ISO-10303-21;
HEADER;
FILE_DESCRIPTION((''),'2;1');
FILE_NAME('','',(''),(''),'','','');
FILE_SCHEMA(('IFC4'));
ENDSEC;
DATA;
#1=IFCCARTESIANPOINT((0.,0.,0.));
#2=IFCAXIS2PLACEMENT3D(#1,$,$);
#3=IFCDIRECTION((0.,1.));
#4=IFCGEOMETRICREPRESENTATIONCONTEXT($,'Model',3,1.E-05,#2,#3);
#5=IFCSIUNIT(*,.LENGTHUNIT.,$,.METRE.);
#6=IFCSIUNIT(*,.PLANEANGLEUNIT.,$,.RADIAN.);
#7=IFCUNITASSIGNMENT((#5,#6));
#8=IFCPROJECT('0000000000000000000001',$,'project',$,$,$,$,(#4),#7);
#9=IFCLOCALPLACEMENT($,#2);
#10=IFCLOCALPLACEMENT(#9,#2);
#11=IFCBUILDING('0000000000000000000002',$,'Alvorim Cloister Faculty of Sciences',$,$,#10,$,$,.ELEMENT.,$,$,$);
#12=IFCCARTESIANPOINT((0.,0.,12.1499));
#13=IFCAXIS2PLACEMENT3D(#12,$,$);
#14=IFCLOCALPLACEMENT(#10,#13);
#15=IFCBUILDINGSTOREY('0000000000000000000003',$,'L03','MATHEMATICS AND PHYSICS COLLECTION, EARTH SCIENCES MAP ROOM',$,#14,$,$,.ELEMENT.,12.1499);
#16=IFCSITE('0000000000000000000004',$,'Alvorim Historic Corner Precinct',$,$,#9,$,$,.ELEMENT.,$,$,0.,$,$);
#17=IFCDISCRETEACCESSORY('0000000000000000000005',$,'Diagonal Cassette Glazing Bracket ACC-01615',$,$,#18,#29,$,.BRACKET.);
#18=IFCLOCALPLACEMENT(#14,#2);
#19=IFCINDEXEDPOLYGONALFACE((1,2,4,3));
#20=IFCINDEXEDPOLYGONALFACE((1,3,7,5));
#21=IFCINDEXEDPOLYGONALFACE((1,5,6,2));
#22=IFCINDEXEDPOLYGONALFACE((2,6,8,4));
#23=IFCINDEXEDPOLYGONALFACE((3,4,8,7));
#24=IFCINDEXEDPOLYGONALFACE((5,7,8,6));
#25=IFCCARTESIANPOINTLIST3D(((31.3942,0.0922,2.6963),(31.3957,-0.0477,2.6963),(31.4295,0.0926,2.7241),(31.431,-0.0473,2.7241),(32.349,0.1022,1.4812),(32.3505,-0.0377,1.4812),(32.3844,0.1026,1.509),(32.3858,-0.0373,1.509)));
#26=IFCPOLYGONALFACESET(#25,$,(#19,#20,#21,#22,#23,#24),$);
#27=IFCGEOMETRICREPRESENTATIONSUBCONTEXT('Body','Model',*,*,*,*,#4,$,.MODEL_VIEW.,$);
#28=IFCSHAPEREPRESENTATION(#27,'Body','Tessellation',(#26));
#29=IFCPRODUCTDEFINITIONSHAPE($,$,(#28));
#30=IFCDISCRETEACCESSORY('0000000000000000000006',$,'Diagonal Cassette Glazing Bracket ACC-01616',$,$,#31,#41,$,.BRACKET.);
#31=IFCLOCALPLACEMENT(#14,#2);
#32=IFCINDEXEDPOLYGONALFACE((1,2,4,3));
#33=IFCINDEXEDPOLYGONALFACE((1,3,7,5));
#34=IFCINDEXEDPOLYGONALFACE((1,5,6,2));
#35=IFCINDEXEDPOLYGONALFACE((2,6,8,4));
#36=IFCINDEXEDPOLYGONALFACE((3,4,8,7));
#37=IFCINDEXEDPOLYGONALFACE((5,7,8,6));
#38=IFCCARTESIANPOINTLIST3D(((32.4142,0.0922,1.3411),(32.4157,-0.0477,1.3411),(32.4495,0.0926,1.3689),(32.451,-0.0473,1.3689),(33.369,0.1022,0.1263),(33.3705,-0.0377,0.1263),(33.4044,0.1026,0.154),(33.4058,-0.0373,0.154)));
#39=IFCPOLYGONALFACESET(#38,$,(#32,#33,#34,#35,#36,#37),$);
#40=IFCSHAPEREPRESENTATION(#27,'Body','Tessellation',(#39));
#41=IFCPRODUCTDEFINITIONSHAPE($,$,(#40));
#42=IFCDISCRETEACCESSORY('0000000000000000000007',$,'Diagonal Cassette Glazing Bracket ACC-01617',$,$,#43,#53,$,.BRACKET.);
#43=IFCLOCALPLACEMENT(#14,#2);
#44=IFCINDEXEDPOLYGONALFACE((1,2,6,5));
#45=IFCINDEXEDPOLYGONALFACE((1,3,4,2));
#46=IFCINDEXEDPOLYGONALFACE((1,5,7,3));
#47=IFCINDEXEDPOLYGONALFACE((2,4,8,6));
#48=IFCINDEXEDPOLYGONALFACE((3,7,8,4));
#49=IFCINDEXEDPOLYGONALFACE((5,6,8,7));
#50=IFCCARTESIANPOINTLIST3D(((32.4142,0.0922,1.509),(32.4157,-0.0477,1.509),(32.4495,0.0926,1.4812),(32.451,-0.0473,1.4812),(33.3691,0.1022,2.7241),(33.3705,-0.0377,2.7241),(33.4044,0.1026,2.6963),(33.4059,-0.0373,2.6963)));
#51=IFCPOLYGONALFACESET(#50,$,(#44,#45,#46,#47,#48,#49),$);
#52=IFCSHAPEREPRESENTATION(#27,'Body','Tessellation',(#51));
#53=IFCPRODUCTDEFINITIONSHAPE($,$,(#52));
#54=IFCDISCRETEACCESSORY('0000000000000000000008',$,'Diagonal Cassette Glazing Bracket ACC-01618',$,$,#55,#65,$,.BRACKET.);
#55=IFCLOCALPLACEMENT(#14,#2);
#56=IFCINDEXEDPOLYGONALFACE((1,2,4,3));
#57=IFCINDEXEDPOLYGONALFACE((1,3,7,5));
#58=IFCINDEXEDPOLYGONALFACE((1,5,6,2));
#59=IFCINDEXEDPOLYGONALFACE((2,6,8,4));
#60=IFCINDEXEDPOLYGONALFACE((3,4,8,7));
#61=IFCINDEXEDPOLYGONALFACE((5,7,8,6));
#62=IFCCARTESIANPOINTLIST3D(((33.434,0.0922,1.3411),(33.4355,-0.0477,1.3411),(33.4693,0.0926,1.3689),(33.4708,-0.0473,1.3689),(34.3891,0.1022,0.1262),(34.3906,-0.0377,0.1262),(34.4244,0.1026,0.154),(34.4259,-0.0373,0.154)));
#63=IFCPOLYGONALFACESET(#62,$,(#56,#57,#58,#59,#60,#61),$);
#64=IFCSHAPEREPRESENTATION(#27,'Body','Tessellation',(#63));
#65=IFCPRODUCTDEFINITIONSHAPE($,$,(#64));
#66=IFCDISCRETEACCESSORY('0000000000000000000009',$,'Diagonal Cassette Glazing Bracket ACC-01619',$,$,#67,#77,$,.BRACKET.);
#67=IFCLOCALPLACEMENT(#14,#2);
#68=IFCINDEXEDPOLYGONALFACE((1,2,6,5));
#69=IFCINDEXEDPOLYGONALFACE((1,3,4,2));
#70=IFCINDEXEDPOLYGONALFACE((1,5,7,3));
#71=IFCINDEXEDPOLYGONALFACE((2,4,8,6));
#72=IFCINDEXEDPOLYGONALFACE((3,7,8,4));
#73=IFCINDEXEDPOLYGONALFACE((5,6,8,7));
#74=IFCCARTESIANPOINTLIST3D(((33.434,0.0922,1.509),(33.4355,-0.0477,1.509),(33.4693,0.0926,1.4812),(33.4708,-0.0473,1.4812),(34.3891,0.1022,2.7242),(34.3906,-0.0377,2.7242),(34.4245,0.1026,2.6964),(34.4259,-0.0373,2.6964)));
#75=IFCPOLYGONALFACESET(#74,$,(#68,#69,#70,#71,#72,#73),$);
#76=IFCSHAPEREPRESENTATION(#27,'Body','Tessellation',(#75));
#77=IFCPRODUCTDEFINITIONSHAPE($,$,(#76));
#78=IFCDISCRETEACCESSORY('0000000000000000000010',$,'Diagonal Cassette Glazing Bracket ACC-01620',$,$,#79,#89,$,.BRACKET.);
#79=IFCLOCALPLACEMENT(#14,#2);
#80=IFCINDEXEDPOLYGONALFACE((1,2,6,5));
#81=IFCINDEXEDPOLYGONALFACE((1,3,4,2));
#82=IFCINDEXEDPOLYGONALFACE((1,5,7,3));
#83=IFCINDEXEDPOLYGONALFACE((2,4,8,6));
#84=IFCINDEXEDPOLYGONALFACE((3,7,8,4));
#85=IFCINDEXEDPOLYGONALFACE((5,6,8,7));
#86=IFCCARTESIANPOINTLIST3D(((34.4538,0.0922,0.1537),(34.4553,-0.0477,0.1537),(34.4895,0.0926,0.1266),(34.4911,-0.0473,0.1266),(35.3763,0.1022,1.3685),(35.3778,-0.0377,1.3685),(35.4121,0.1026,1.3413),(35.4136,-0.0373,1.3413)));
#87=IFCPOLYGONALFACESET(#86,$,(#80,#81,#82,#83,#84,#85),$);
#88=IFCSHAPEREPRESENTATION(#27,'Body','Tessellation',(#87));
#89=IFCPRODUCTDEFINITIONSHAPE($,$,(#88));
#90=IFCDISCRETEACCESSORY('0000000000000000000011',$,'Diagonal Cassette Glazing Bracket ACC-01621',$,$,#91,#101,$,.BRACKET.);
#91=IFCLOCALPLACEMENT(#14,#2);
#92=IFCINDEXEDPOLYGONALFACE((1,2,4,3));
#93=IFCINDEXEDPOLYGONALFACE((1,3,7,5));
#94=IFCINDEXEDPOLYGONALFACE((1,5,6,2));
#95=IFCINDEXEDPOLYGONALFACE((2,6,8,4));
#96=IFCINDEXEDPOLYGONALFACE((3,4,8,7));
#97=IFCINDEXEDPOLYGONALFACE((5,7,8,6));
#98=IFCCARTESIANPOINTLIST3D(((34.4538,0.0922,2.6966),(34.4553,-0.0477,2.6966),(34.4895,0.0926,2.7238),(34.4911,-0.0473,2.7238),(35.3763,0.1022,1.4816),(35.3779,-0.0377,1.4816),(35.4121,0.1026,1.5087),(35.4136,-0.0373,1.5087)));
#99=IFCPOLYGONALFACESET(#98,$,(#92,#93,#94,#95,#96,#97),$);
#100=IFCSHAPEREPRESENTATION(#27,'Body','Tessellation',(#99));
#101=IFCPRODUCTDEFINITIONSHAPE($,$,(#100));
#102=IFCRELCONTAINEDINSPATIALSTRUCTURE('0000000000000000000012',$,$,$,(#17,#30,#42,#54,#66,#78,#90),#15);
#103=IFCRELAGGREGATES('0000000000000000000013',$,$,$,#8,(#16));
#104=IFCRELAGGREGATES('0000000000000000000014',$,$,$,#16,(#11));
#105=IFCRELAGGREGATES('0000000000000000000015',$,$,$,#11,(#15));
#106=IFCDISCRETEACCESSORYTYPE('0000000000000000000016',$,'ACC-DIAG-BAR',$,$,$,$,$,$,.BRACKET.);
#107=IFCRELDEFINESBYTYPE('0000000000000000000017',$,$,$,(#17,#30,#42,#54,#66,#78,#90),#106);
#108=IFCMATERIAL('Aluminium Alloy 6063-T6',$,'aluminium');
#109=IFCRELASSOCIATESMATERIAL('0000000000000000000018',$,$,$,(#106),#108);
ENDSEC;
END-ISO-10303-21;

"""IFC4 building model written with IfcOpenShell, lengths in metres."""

from ifc_helpers import new_model, si_unit, direction, frame, origin, origin_2d, place, context, subcontext, project, spatial, rectangle, extrude, material, type_object, element, save


model = new_model("IFC4")

# Units and contexts
model_context = context("Model", 3, precision=1e-05, world=origin(), true_north=direction((0.0, 1.0)))
body_context = subcontext(model_context, "Body", "Model", "MODEL_VIEW")
ifc_project = project(units=[si_unit("LENGTHUNIT", "METRE"), si_unit("PLANEANGLEUNIT", "RADIAN")], contexts=[model_context])

# Site, building, storey
site_placement = place(None, origin())
site = spatial("IfcSite", under=ifc_project, at=site_placement, Name="Alvorim Historic Corner Precinct", CompositionType="ELEMENT", RefElevation=0.0)
building_placement = place(site_placement, origin())
building = spatial("IfcBuilding", under=site, at=building_placement, Name="Alvorim Cloister Faculty of Sciences", CompositionType="ELEMENT")
storey_placement = place(building_placement, frame((0.0, 0.0, 12.1499)))
storey = spatial("IfcBuildingStorey", under=building, at=storey_placement, Name="L03", Description="MATHEMATICS AND PHYSICS COLLECTION, EARTH SCIENCES MAP ROOM", CompositionType="ELEMENT", Elevation=12.1499)

# Shared definitions
ifc_material_1 = material(Name="Aluminium Alloy 6063-T6", Category="aluminium")

# Discrete accessories
discrete_accessory_type = type_object("IfcDiscreteAccessoryType", Name="ACC-DIAG-BAR", PredefinedType="BRACKET", material=ifc_material_1)
discrete_accessory_1_placement = place(storey_placement, frame((31.4126, 0.0225, 2.7102), z_axis=(0.617857, 0.006477, -0.786263), x_axis=(-0.010483, 0.999945, 0.0)))
element("IfcDiscreteAccessory", 1, at=discrete_accessory_1_placement, inside=storey, type_object=discrete_accessory_type, Name="Diagonal Cassette Glazing Bracket ACC-01615", PredefinedType="BRACKET", context=body_context, shape_type="SweptSolid", body=[
    extrude(rectangle(XDim=0.1399, YDim=0.0449, at=origin_2d()), origin(), (0.0, 0.0, 1.0), 1.5454),
])
discrete_accessory_2_placement = place(storey_placement, frame((32.4326, 0.0225, 1.355), z_axis=(0.617934, 0.006478, -0.786203), x_axis=(-0.010483, 0.999945, 0.0)))
element("IfcDiscreteAccessory", 2, at=discrete_accessory_2_placement, inside=storey, type_object=discrete_accessory_type, Name="Diagonal Cassette Glazing Bracket ACC-01616", PredefinedType="BRACKET", context=body_context, shape_type="SweptSolid", body=[
    extrude(rectangle(XDim=0.1399, YDim=0.0449, at=origin_2d()), origin(), (0.0, 0.0, 1.0), 1.5452),
])
for number, where, z_axis, x_axis, name in (
    (3, (32.4326, 0.0225, 1.4951), (0.617857, 0.006477, 0.786263), (-0.010483, 0.999945, 0.0), "Diagonal Cassette Glazing Bracket ACC-01617"),
    (4, (33.4524, 0.0225, 1.355), (0.618032, 0.006477, -0.786126), (-0.01048, 0.999945, 0.0), "Diagonal Cassette Glazing Bracket ACC-01618"),
):
    element("IfcDiscreteAccessory", number, at=place(storey_placement, frame(where, z_axis=z_axis, x_axis=x_axis)), inside=storey, type_object=discrete_accessory_type, Name=name, PredefinedType="BRACKET", context=body_context, shape_type="SweptSolid", body=[
        extrude(rectangle(XDim=0.1399, YDim=0.0449, at=origin_2d()), origin(), (0.0, 0.0, 1.0), 1.5454),
    ])
discrete_accessory_3_placement = place(storey_placement, frame((33.4524, 0.0225, 1.4951), z_axis=(0.617955, 0.006477, 0.786187), x_axis=(-0.01048, 0.999945, 0.0)))
element("IfcDiscreteAccessory", 5, at=discrete_accessory_3_placement, inside=storey, type_object=discrete_accessory_type, Name="Diagonal Cassette Glazing Bracket ACC-01619", PredefinedType="BRACKET", context=body_context, shape_type="SweptSolid", body=[
    extrude(rectangle(XDim=0.1399, YDim=0.0449, at=origin_2d()), origin(), (0.0, 0.0, 1.0), 1.5457),
])
discrete_accessory_4_placement = place(storey_placement, frame((34.4724, 0.0225, 0.1401), z_axis=(0.60479, 0.006562, 0.796358), x_axis=(-0.010849, 0.999941, 0.0)))
element("IfcDiscreteAccessory", 6, at=discrete_accessory_4_placement, inside=storey, type_object=discrete_accessory_type, Name="Diagonal Cassette Glazing Bracket ACC-01620", PredefinedType="BRACKET", context=body_context, shape_type="SweptSolid", body=[
    extrude(rectangle(XDim=0.1399, YDim=0.0449, at=origin_2d()), origin(), (0.0, 0.0, 1.0), 1.5254),
])
discrete_accessory_5_placement = place(storey_placement, frame((34.4724, 0.0225, 2.7102), z_axis=(0.604713, 0.006561, -0.796416), x_axis=(-0.010849, 0.999941, 0.0)))
element("IfcDiscreteAccessory", 7, at=discrete_accessory_5_placement, inside=storey, type_object=discrete_accessory_type, Name="Diagonal Cassette Glazing Bracket ACC-01621", PredefinedType="BRACKET", context=body_context, shape_type="SweptSolid", body=[
    extrude(rectangle(XDim=0.1399, YDim=0.0449, at=origin_2d()), origin(), (0.0, 0.0, 1.0), 1.5256),
])

save(model, "model.ifc")
